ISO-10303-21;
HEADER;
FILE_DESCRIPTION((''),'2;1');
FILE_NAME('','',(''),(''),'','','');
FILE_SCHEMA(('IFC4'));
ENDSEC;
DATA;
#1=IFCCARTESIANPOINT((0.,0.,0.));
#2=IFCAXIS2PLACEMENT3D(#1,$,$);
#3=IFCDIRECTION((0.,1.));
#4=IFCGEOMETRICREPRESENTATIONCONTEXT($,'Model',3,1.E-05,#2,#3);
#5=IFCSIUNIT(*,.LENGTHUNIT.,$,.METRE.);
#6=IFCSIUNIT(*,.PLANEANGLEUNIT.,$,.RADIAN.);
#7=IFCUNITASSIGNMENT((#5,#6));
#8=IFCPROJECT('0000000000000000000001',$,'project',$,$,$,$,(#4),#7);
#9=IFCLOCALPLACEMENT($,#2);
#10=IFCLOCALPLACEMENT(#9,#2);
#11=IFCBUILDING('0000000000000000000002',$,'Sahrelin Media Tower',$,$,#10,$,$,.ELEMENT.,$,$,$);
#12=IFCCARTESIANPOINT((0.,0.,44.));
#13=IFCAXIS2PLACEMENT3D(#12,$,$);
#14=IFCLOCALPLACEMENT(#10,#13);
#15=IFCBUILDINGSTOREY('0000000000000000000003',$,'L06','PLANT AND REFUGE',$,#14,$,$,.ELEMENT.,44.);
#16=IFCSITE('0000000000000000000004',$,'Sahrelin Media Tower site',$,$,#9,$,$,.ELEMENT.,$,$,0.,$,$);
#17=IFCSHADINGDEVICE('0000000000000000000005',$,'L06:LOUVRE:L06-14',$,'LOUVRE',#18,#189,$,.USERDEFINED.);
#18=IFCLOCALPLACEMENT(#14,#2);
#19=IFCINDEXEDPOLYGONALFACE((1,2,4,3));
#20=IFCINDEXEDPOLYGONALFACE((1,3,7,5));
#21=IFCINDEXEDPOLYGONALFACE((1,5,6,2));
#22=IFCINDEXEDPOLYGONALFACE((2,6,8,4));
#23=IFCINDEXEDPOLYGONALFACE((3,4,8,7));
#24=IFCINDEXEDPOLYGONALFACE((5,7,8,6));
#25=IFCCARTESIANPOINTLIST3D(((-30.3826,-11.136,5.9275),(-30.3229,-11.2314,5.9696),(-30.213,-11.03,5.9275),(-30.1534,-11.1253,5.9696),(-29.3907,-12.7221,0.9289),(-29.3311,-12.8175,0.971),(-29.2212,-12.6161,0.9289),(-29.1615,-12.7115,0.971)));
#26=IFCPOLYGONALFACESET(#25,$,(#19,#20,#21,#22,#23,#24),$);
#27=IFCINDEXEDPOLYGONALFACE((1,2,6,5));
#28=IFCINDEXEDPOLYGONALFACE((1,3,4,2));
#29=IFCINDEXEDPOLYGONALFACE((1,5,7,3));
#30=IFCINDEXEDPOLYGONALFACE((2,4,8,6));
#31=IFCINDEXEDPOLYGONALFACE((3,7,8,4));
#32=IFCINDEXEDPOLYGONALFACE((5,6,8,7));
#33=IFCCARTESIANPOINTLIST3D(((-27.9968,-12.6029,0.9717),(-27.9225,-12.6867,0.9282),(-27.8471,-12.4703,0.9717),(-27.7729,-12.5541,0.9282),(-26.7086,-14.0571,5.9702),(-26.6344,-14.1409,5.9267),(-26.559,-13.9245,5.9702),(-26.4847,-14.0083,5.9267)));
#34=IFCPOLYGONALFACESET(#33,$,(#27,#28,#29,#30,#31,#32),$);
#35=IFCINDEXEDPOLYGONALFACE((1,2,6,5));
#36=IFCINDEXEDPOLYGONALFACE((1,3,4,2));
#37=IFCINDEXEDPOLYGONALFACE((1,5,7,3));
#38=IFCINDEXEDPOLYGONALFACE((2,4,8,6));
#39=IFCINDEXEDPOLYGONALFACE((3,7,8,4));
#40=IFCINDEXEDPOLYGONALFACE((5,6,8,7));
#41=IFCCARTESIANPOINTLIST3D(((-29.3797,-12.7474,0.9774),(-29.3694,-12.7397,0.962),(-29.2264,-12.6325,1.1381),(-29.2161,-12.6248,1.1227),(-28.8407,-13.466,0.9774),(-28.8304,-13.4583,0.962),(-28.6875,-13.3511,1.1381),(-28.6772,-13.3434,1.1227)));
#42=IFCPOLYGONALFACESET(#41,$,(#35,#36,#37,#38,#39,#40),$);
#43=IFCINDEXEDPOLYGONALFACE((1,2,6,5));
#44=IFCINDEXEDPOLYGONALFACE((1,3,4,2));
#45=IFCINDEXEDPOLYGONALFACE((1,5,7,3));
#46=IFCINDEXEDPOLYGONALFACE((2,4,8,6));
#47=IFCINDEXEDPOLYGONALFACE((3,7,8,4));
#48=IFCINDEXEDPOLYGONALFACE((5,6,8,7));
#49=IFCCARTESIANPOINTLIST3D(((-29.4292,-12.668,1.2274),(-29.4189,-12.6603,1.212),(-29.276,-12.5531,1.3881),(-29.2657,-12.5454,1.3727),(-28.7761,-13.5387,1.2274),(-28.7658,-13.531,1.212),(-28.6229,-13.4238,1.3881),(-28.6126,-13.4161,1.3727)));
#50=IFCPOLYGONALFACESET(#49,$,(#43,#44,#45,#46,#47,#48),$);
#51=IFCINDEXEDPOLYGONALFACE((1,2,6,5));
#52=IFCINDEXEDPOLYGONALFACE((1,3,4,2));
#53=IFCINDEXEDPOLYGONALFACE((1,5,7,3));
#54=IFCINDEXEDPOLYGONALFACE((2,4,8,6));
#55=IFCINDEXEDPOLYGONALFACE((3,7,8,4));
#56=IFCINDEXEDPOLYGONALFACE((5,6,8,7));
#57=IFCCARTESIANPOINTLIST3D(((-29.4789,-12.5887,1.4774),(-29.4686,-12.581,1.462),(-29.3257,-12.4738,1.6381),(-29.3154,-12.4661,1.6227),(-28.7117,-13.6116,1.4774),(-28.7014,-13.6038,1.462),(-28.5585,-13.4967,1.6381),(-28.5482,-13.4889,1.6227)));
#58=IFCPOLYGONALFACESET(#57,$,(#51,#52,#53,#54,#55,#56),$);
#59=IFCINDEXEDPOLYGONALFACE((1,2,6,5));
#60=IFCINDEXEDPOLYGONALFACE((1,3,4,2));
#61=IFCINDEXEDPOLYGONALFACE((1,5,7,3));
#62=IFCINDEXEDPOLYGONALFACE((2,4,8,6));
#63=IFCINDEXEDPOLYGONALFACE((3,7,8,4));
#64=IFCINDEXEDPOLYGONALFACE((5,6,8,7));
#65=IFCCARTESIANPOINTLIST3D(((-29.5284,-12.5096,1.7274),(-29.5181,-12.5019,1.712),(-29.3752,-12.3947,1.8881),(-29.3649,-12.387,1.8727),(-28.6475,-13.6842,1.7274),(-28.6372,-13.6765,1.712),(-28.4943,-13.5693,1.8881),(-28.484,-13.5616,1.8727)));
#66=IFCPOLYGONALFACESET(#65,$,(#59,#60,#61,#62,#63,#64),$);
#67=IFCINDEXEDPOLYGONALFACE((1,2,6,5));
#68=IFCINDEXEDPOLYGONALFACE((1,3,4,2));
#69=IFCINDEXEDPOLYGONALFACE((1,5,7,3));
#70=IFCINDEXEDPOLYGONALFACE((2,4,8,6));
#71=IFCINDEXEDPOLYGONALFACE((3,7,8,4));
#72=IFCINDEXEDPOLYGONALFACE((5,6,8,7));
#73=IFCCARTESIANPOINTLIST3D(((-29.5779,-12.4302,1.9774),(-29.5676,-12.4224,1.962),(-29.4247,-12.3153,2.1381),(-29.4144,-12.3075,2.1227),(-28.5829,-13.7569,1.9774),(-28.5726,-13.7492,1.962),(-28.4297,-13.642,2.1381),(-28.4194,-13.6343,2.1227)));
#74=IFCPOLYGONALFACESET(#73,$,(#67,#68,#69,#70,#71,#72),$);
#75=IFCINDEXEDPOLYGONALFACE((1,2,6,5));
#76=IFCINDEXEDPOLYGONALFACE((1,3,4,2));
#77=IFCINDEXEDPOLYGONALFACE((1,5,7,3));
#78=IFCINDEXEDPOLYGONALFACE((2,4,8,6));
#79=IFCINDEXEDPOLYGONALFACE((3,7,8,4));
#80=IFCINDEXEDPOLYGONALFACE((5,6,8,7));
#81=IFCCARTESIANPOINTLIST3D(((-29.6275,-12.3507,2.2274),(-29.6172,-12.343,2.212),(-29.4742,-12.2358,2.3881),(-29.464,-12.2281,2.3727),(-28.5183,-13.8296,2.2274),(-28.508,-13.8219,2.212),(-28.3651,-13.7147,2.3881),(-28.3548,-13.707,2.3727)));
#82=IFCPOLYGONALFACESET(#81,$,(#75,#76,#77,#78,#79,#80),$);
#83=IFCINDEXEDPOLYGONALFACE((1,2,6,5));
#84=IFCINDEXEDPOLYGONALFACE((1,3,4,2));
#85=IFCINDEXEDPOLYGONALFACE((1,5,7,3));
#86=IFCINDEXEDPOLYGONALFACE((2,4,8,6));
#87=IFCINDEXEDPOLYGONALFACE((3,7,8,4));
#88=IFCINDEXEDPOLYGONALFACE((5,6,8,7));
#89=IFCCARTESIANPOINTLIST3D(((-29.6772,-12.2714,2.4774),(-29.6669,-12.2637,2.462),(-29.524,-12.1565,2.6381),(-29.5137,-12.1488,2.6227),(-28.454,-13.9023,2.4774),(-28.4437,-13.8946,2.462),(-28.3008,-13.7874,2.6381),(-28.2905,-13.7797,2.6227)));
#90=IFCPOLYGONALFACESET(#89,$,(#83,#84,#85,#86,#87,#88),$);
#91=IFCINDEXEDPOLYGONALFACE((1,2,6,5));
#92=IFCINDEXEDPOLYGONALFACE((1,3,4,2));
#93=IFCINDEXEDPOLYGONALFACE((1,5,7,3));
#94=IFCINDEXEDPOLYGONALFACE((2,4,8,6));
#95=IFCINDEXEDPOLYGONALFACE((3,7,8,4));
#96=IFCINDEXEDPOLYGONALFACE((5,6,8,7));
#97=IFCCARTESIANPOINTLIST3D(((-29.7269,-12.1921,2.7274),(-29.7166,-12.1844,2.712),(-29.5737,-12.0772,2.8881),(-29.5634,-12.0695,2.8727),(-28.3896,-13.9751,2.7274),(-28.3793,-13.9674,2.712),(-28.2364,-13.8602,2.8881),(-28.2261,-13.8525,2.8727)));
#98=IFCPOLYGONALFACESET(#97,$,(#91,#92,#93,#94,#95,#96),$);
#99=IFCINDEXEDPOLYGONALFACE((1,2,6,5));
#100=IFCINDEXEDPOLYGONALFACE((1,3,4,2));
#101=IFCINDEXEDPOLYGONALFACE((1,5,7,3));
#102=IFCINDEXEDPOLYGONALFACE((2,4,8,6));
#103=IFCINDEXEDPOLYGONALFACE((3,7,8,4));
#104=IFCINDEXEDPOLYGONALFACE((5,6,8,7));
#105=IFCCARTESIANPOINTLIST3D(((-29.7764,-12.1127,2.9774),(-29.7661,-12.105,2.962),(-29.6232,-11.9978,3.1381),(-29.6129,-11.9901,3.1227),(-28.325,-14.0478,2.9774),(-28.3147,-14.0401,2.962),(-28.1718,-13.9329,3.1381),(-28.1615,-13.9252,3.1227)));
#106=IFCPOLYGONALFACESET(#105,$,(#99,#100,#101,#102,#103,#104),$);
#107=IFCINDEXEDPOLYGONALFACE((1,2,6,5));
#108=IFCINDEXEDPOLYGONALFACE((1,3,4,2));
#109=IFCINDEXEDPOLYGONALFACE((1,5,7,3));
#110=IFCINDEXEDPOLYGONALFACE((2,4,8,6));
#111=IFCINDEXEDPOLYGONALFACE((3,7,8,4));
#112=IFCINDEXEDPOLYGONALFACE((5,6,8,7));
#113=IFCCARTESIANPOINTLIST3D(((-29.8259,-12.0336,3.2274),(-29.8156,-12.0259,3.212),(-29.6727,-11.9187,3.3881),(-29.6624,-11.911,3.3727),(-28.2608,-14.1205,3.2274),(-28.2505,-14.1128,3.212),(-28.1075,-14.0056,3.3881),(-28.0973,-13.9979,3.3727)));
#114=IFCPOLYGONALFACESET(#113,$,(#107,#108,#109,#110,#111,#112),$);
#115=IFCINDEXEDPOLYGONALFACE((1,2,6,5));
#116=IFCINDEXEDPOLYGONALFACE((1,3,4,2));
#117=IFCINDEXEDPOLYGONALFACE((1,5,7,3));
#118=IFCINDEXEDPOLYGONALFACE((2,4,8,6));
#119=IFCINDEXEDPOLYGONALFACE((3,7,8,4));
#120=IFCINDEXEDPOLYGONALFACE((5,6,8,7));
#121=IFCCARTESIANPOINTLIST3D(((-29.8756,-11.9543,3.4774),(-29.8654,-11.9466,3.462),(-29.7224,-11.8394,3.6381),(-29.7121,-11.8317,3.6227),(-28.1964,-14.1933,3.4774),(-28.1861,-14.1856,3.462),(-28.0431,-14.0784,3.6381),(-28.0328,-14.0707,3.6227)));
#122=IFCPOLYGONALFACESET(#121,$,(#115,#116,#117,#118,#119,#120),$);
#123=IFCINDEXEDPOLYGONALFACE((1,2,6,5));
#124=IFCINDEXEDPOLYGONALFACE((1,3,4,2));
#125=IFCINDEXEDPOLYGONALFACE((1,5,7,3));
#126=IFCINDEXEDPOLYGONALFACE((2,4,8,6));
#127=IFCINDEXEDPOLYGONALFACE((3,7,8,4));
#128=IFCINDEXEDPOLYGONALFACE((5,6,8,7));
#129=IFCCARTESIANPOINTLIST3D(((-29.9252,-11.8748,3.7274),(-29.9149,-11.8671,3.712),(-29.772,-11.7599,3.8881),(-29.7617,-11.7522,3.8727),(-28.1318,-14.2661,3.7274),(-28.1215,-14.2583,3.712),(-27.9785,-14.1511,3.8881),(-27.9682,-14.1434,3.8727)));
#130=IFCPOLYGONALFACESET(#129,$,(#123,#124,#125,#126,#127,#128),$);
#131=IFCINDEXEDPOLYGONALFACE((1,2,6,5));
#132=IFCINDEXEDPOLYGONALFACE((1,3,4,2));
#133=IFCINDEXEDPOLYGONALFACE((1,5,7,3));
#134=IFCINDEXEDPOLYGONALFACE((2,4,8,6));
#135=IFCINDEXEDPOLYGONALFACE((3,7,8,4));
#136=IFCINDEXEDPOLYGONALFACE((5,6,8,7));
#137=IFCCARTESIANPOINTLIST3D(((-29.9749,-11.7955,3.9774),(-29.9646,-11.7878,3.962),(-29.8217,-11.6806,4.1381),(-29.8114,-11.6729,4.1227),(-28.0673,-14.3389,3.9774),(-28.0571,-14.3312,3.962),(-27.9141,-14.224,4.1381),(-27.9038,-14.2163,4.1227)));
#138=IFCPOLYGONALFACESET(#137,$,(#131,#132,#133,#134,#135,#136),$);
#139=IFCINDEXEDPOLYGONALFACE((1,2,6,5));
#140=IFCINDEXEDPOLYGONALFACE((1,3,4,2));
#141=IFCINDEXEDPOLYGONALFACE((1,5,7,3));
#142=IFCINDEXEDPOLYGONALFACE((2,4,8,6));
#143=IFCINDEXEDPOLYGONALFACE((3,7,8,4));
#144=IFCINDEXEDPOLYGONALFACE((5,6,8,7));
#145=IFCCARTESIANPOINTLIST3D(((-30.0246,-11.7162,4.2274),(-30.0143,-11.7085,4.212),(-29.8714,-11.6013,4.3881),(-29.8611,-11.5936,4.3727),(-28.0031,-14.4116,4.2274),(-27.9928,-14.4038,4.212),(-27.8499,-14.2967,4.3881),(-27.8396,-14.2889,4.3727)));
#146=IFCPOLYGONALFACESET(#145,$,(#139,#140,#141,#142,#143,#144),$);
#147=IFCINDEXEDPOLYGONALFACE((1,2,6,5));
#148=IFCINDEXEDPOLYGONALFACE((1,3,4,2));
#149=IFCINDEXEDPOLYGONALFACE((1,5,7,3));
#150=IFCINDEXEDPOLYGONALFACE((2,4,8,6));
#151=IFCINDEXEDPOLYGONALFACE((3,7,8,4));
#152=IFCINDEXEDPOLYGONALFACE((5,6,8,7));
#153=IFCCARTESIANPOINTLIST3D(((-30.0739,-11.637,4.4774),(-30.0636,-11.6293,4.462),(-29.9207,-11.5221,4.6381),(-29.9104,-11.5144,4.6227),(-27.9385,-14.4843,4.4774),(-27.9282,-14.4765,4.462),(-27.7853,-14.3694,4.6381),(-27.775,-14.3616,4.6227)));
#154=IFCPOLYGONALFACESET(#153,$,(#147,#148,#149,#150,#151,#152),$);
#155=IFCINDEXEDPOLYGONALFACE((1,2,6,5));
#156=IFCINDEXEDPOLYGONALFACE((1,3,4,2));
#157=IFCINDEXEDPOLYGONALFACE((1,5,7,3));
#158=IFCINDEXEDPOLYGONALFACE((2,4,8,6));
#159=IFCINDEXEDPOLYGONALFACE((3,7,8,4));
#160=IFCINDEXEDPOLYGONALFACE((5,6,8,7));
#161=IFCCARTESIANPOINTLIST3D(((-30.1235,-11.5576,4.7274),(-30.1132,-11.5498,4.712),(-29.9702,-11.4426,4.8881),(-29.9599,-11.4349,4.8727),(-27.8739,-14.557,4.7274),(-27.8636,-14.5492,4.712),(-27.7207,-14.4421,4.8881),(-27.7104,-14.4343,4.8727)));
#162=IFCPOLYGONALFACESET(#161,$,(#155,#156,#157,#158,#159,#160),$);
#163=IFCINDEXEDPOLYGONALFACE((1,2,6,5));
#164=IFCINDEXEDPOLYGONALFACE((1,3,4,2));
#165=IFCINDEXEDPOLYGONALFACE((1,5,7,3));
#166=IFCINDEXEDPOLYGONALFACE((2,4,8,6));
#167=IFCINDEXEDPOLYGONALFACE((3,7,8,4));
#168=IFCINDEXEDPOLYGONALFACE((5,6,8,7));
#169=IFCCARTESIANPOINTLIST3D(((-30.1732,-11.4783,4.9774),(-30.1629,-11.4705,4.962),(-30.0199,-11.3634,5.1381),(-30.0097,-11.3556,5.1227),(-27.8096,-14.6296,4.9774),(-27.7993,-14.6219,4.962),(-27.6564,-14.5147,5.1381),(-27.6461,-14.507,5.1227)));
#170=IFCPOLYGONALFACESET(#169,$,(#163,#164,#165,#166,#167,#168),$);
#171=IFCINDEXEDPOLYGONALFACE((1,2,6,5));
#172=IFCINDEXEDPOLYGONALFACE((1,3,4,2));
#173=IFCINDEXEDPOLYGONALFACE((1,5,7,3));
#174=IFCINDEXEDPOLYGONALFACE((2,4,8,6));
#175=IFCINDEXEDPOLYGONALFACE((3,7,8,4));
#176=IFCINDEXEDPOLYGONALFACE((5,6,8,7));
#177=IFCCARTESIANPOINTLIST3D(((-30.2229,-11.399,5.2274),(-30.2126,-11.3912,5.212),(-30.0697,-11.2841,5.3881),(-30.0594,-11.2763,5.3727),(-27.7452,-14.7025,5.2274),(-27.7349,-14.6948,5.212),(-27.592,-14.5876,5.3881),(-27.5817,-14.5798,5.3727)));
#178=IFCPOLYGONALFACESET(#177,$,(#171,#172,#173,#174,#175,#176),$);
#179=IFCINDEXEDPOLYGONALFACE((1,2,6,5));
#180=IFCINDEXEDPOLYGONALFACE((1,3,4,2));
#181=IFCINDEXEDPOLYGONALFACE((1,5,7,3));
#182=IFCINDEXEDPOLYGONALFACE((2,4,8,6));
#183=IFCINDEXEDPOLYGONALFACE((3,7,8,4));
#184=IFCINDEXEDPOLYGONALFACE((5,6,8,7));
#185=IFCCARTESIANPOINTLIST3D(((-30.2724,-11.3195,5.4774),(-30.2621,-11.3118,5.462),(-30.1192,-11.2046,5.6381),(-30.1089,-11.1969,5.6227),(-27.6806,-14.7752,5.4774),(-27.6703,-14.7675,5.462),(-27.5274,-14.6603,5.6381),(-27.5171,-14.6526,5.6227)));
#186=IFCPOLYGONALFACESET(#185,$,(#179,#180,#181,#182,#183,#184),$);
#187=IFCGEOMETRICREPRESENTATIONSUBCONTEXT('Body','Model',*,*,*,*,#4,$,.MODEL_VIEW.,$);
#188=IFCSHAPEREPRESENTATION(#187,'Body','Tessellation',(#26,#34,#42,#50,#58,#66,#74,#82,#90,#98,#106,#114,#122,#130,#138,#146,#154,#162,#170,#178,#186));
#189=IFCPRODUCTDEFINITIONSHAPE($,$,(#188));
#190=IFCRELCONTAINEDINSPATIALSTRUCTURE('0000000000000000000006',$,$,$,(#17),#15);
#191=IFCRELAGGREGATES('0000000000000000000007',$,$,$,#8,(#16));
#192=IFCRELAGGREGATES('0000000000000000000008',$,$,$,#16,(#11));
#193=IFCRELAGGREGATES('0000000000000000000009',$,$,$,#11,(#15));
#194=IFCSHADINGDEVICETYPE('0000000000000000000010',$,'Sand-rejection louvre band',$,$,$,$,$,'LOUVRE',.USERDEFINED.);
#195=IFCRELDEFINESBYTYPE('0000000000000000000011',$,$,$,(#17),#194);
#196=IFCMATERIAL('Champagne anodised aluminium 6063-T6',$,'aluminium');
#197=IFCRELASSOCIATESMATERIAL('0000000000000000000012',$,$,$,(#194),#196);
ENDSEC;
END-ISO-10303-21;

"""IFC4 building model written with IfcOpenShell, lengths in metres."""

from ifc_helpers import new_model, si_unit, direction, frame, origin, origin_2d, place, context, subcontext, project, spatial, rectangle, extrude, material, type_object, element, save


model = new_model("IFC4")

# Units and contexts
model_context = context("Model", 3, precision=1e-05, world=origin(), true_north=direction((0.0, 1.0)))
body_context = subcontext(model_context, "Body", "Model", "MODEL_VIEW")
ifc_project = project(units=[si_unit("LENGTHUNIT", "METRE"), si_unit("PLANEANGLEUNIT", "RADIAN")], contexts=[model_context])

# Site, building, storey
site_placement = place(None, origin())
site = spatial("IfcSite", under=ifc_project, at=site_placement, Name="Sahrelin Media Tower site", CompositionType="ELEMENT", RefElevation=0.0)
building_placement = place(site_placement, origin())
building = spatial("IfcBuilding", under=site, at=building_placement, Name="Sahrelin Media Tower", CompositionType="ELEMENT")
storey_placement = place(building_placement, frame((0.0, 0.0, 44.0)))
storey = spatial("IfcBuildingStorey", under=building, at=storey_placement, Name="L06", Description="PLANT AND REFUGE", CompositionType="ELEMENT", Elevation=44.0)

# Shading device
ifc_material_1 = material(Name="Champagne anodised aluminium 6063-T6", Category="aluminium")
shading_device_type = type_object("IfcShadingDeviceType", Name="Sand-rejection louvre band", ElementType="LOUVRE", PredefinedType="USERDEFINED", material=ifc_material_1)
shading_device_1_placement = place(storey_placement, frame((-28.5645, -12.7192, 0.0), z_axis=(0.0, 0.0, 1.0), x_axis=(-0.6, 0.8, 0.0)))
element("IfcShadingDevice", 1, at=shading_device_1_placement, inside=storey, type_object=shading_device_type, Name="L06:LOUVRE:L06-14", ObjectType="LOUVRE", PredefinedType="USERDEFINED", context=body_context, shape_type="SweptSolid", body=[
    extrude(rectangle(XDim=0.2, YDim=0.1201, at=origin_2d()), frame((0.429, 0.5679, 0.95), z_axis=(0.349254, -0.029642, 0.936559), x_axis=(0.084568, 0.996418, 0.0)), (0.0, 0.0, 1.0), 5.3372),
    extrude(rectangle(XDim=0.2, YDim=0.1201, at=origin_2d()), frame((-0.2952, -0.6282, 0.95), z_axis=(-0.361058, -0.029455, 0.932078), x_axis=(0.081309, -0.996689, 0.0)), (0.0, 0.0, 1.0), 5.3628),
    extrude(rectangle(XDim=0.25, YDim=0.02, at=origin_2d()), frame((0.4666, 0.5669, 1.05), z_axis=(-1.0, 0.0, 0.0), x_axis=(0.0, -0.766044, 0.642788)), (0.0, 0.0, 1.0), 0.8982),
    extrude(rectangle(XDim=0.25, YDim=0.02, at=origin_2d()), frame((0.5598, 0.5588, 1.3), z_axis=(-1.0, 0.0, 0.0), x_axis=(0.0, -0.766044, 0.642788)), (0.0, 0.0, 1.0), 1.0884),
    extrude(rectangle(XDim=0.25, YDim=0.02, at=origin_2d()), frame((0.6531, 0.551, 1.55), z_axis=(-1.0, 0.0, 0.0), x_axis=(0.0, -0.766044, 0.642788)), (0.0, 0.0, 1.0), 1.2786),
    extrude(rectangle(XDim=0.25, YDim=0.02, at=origin_2d()), frame((0.7461, 0.5432, 1.8), z_axis=(-1.0, 0.0, 0.0), x_axis=(0.0, -0.766044, 0.642788)), (0.0, 0.0, 1.0), 1.4683),
    extrude(rectangle(XDim=0.25, YDim=0.02, at=origin_2d()), frame((0.8394, 0.5352, 2.05), z_axis=(-1.0, 0.0, 0.0), x_axis=(0.0, -0.766044, 0.642788)), (0.0, 0.0, 1.0), 1.6584),
    extrude(rectangle(XDim=0.25, YDim=0.02, at=origin_2d()), frame((0.9326, 0.5271, 2.3), z_axis=(-1.0, 0.0, 0.0), x_axis=(0.0, -0.766044, 0.642788)), (0.0, 0.0, 1.0), 1.8486),
    extrude(rectangle(XDim=0.25, YDim=0.02, at=origin_2d()), frame((1.0259, 0.5193, 2.55), z_axis=(-1.0, 0.0, 0.0), x_axis=(0.0, -0.766044, 0.642788)), (0.0, 0.0, 1.0), 2.0386),
    extrude(rectangle(XDim=0.25, YDim=0.02, at=origin_2d()), frame((1.1191, 0.5115, 2.8), z_axis=(-1.0, 0.0, 0.0), x_axis=(0.0, -0.766044, 0.642788)), (0.0, 0.0, 1.0), 2.2288),
    extrude(rectangle(XDim=0.25, YDim=0.02, at=origin_2d()), frame((1.2124, 0.5034, 3.05), z_axis=(-1.0, 0.0, 0.0), x_axis=(0.0, -0.766044, 0.642788)), (0.0, 0.0, 1.0), 2.4189),
    extrude(rectangle(XDim=0.25, YDim=0.02, at=origin_2d()), frame((1.3054, 0.4956, 3.3), z_axis=(-1.0, 0.0, 0.0), x_axis=(0.0, -0.766044, 0.642788)), (0.0, 0.0, 1.0), 2.6086),
    extrude(rectangle(XDim=0.25, YDim=0.02, at=origin_2d()), frame((1.3987, 0.4878, 3.55), z_axis=(-1.0, 0.0, 0.0), x_axis=(0.0, -0.766044, 0.642788)), (0.0, 0.0, 1.0), 2.7988),
    extrude(rectangle(XDim=0.25, YDim=0.02, at=origin_2d()), frame((1.4919, 0.4797, 3.8), z_axis=(-1.0, 0.0, 0.0), x_axis=(0.0, -0.766044, 0.642788)), (0.0, 0.0, 1.0), 2.989),
    extrude(rectangle(XDim=0.25, YDim=0.02, at=origin_2d()), frame((1.5852, 0.4719, 4.05), z_axis=(-1.0, 0.0, 0.0), x_axis=(0.0, -0.766044, 0.642788)), (0.0, 0.0, 1.0), 3.1792),
    extrude(rectangle(XDim=0.25, YDim=0.02, at=origin_2d()), frame((1.6785, 0.4641, 4.3), z_axis=(-1.0, 0.0, 0.0), x_axis=(0.0, -0.766044, 0.642788)), (0.0, 0.0, 1.0), 3.3691),
    extrude(rectangle(XDim=0.25, YDim=0.02, at=origin_2d()), frame((1.7715, 0.4561, 4.55), z_axis=(-1.0, 0.0, 0.0), x_axis=(0.0, -0.766044, 0.642788)), (0.0, 0.0, 1.0), 3.5591),
    extrude(rectangle(XDim=0.25, YDim=0.02, at=origin_2d()), frame((1.8647, 0.448, 4.8), z_axis=(-1.0, 0.0, 0.0), x_axis=(0.0, -0.766044, 0.642788)), (0.0, 0.0, 1.0), 3.7493),
    extrude(rectangle(XDim=0.25, YDim=0.02, at=origin_2d()), frame((1.958, 0.4402, 5.05), z_axis=(-1.0, 0.0, 0.0), x_axis=(0.0, -0.766044, 0.642788)), (0.0, 0.0, 1.0), 3.9392),
    extrude(rectangle(XDim=0.25, YDim=0.02, at=origin_2d()), frame((2.0513, 0.4324, 5.3), z_axis=(-1.0, 0.0, 0.0), x_axis=(0.0, -0.766044, 0.642788)), (0.0, 0.0, 1.0), 4.1294),
    extrude(rectangle(XDim=0.25, YDim=0.02, at=origin_2d()), frame((2.1445, 0.4243, 5.55), z_axis=(-1.0, 0.0, 0.0), x_axis=(0.0, -0.766044, 0.642788)), (0.0, 0.0, 1.0), 4.3196),
])

save(model, "model.ifc")
